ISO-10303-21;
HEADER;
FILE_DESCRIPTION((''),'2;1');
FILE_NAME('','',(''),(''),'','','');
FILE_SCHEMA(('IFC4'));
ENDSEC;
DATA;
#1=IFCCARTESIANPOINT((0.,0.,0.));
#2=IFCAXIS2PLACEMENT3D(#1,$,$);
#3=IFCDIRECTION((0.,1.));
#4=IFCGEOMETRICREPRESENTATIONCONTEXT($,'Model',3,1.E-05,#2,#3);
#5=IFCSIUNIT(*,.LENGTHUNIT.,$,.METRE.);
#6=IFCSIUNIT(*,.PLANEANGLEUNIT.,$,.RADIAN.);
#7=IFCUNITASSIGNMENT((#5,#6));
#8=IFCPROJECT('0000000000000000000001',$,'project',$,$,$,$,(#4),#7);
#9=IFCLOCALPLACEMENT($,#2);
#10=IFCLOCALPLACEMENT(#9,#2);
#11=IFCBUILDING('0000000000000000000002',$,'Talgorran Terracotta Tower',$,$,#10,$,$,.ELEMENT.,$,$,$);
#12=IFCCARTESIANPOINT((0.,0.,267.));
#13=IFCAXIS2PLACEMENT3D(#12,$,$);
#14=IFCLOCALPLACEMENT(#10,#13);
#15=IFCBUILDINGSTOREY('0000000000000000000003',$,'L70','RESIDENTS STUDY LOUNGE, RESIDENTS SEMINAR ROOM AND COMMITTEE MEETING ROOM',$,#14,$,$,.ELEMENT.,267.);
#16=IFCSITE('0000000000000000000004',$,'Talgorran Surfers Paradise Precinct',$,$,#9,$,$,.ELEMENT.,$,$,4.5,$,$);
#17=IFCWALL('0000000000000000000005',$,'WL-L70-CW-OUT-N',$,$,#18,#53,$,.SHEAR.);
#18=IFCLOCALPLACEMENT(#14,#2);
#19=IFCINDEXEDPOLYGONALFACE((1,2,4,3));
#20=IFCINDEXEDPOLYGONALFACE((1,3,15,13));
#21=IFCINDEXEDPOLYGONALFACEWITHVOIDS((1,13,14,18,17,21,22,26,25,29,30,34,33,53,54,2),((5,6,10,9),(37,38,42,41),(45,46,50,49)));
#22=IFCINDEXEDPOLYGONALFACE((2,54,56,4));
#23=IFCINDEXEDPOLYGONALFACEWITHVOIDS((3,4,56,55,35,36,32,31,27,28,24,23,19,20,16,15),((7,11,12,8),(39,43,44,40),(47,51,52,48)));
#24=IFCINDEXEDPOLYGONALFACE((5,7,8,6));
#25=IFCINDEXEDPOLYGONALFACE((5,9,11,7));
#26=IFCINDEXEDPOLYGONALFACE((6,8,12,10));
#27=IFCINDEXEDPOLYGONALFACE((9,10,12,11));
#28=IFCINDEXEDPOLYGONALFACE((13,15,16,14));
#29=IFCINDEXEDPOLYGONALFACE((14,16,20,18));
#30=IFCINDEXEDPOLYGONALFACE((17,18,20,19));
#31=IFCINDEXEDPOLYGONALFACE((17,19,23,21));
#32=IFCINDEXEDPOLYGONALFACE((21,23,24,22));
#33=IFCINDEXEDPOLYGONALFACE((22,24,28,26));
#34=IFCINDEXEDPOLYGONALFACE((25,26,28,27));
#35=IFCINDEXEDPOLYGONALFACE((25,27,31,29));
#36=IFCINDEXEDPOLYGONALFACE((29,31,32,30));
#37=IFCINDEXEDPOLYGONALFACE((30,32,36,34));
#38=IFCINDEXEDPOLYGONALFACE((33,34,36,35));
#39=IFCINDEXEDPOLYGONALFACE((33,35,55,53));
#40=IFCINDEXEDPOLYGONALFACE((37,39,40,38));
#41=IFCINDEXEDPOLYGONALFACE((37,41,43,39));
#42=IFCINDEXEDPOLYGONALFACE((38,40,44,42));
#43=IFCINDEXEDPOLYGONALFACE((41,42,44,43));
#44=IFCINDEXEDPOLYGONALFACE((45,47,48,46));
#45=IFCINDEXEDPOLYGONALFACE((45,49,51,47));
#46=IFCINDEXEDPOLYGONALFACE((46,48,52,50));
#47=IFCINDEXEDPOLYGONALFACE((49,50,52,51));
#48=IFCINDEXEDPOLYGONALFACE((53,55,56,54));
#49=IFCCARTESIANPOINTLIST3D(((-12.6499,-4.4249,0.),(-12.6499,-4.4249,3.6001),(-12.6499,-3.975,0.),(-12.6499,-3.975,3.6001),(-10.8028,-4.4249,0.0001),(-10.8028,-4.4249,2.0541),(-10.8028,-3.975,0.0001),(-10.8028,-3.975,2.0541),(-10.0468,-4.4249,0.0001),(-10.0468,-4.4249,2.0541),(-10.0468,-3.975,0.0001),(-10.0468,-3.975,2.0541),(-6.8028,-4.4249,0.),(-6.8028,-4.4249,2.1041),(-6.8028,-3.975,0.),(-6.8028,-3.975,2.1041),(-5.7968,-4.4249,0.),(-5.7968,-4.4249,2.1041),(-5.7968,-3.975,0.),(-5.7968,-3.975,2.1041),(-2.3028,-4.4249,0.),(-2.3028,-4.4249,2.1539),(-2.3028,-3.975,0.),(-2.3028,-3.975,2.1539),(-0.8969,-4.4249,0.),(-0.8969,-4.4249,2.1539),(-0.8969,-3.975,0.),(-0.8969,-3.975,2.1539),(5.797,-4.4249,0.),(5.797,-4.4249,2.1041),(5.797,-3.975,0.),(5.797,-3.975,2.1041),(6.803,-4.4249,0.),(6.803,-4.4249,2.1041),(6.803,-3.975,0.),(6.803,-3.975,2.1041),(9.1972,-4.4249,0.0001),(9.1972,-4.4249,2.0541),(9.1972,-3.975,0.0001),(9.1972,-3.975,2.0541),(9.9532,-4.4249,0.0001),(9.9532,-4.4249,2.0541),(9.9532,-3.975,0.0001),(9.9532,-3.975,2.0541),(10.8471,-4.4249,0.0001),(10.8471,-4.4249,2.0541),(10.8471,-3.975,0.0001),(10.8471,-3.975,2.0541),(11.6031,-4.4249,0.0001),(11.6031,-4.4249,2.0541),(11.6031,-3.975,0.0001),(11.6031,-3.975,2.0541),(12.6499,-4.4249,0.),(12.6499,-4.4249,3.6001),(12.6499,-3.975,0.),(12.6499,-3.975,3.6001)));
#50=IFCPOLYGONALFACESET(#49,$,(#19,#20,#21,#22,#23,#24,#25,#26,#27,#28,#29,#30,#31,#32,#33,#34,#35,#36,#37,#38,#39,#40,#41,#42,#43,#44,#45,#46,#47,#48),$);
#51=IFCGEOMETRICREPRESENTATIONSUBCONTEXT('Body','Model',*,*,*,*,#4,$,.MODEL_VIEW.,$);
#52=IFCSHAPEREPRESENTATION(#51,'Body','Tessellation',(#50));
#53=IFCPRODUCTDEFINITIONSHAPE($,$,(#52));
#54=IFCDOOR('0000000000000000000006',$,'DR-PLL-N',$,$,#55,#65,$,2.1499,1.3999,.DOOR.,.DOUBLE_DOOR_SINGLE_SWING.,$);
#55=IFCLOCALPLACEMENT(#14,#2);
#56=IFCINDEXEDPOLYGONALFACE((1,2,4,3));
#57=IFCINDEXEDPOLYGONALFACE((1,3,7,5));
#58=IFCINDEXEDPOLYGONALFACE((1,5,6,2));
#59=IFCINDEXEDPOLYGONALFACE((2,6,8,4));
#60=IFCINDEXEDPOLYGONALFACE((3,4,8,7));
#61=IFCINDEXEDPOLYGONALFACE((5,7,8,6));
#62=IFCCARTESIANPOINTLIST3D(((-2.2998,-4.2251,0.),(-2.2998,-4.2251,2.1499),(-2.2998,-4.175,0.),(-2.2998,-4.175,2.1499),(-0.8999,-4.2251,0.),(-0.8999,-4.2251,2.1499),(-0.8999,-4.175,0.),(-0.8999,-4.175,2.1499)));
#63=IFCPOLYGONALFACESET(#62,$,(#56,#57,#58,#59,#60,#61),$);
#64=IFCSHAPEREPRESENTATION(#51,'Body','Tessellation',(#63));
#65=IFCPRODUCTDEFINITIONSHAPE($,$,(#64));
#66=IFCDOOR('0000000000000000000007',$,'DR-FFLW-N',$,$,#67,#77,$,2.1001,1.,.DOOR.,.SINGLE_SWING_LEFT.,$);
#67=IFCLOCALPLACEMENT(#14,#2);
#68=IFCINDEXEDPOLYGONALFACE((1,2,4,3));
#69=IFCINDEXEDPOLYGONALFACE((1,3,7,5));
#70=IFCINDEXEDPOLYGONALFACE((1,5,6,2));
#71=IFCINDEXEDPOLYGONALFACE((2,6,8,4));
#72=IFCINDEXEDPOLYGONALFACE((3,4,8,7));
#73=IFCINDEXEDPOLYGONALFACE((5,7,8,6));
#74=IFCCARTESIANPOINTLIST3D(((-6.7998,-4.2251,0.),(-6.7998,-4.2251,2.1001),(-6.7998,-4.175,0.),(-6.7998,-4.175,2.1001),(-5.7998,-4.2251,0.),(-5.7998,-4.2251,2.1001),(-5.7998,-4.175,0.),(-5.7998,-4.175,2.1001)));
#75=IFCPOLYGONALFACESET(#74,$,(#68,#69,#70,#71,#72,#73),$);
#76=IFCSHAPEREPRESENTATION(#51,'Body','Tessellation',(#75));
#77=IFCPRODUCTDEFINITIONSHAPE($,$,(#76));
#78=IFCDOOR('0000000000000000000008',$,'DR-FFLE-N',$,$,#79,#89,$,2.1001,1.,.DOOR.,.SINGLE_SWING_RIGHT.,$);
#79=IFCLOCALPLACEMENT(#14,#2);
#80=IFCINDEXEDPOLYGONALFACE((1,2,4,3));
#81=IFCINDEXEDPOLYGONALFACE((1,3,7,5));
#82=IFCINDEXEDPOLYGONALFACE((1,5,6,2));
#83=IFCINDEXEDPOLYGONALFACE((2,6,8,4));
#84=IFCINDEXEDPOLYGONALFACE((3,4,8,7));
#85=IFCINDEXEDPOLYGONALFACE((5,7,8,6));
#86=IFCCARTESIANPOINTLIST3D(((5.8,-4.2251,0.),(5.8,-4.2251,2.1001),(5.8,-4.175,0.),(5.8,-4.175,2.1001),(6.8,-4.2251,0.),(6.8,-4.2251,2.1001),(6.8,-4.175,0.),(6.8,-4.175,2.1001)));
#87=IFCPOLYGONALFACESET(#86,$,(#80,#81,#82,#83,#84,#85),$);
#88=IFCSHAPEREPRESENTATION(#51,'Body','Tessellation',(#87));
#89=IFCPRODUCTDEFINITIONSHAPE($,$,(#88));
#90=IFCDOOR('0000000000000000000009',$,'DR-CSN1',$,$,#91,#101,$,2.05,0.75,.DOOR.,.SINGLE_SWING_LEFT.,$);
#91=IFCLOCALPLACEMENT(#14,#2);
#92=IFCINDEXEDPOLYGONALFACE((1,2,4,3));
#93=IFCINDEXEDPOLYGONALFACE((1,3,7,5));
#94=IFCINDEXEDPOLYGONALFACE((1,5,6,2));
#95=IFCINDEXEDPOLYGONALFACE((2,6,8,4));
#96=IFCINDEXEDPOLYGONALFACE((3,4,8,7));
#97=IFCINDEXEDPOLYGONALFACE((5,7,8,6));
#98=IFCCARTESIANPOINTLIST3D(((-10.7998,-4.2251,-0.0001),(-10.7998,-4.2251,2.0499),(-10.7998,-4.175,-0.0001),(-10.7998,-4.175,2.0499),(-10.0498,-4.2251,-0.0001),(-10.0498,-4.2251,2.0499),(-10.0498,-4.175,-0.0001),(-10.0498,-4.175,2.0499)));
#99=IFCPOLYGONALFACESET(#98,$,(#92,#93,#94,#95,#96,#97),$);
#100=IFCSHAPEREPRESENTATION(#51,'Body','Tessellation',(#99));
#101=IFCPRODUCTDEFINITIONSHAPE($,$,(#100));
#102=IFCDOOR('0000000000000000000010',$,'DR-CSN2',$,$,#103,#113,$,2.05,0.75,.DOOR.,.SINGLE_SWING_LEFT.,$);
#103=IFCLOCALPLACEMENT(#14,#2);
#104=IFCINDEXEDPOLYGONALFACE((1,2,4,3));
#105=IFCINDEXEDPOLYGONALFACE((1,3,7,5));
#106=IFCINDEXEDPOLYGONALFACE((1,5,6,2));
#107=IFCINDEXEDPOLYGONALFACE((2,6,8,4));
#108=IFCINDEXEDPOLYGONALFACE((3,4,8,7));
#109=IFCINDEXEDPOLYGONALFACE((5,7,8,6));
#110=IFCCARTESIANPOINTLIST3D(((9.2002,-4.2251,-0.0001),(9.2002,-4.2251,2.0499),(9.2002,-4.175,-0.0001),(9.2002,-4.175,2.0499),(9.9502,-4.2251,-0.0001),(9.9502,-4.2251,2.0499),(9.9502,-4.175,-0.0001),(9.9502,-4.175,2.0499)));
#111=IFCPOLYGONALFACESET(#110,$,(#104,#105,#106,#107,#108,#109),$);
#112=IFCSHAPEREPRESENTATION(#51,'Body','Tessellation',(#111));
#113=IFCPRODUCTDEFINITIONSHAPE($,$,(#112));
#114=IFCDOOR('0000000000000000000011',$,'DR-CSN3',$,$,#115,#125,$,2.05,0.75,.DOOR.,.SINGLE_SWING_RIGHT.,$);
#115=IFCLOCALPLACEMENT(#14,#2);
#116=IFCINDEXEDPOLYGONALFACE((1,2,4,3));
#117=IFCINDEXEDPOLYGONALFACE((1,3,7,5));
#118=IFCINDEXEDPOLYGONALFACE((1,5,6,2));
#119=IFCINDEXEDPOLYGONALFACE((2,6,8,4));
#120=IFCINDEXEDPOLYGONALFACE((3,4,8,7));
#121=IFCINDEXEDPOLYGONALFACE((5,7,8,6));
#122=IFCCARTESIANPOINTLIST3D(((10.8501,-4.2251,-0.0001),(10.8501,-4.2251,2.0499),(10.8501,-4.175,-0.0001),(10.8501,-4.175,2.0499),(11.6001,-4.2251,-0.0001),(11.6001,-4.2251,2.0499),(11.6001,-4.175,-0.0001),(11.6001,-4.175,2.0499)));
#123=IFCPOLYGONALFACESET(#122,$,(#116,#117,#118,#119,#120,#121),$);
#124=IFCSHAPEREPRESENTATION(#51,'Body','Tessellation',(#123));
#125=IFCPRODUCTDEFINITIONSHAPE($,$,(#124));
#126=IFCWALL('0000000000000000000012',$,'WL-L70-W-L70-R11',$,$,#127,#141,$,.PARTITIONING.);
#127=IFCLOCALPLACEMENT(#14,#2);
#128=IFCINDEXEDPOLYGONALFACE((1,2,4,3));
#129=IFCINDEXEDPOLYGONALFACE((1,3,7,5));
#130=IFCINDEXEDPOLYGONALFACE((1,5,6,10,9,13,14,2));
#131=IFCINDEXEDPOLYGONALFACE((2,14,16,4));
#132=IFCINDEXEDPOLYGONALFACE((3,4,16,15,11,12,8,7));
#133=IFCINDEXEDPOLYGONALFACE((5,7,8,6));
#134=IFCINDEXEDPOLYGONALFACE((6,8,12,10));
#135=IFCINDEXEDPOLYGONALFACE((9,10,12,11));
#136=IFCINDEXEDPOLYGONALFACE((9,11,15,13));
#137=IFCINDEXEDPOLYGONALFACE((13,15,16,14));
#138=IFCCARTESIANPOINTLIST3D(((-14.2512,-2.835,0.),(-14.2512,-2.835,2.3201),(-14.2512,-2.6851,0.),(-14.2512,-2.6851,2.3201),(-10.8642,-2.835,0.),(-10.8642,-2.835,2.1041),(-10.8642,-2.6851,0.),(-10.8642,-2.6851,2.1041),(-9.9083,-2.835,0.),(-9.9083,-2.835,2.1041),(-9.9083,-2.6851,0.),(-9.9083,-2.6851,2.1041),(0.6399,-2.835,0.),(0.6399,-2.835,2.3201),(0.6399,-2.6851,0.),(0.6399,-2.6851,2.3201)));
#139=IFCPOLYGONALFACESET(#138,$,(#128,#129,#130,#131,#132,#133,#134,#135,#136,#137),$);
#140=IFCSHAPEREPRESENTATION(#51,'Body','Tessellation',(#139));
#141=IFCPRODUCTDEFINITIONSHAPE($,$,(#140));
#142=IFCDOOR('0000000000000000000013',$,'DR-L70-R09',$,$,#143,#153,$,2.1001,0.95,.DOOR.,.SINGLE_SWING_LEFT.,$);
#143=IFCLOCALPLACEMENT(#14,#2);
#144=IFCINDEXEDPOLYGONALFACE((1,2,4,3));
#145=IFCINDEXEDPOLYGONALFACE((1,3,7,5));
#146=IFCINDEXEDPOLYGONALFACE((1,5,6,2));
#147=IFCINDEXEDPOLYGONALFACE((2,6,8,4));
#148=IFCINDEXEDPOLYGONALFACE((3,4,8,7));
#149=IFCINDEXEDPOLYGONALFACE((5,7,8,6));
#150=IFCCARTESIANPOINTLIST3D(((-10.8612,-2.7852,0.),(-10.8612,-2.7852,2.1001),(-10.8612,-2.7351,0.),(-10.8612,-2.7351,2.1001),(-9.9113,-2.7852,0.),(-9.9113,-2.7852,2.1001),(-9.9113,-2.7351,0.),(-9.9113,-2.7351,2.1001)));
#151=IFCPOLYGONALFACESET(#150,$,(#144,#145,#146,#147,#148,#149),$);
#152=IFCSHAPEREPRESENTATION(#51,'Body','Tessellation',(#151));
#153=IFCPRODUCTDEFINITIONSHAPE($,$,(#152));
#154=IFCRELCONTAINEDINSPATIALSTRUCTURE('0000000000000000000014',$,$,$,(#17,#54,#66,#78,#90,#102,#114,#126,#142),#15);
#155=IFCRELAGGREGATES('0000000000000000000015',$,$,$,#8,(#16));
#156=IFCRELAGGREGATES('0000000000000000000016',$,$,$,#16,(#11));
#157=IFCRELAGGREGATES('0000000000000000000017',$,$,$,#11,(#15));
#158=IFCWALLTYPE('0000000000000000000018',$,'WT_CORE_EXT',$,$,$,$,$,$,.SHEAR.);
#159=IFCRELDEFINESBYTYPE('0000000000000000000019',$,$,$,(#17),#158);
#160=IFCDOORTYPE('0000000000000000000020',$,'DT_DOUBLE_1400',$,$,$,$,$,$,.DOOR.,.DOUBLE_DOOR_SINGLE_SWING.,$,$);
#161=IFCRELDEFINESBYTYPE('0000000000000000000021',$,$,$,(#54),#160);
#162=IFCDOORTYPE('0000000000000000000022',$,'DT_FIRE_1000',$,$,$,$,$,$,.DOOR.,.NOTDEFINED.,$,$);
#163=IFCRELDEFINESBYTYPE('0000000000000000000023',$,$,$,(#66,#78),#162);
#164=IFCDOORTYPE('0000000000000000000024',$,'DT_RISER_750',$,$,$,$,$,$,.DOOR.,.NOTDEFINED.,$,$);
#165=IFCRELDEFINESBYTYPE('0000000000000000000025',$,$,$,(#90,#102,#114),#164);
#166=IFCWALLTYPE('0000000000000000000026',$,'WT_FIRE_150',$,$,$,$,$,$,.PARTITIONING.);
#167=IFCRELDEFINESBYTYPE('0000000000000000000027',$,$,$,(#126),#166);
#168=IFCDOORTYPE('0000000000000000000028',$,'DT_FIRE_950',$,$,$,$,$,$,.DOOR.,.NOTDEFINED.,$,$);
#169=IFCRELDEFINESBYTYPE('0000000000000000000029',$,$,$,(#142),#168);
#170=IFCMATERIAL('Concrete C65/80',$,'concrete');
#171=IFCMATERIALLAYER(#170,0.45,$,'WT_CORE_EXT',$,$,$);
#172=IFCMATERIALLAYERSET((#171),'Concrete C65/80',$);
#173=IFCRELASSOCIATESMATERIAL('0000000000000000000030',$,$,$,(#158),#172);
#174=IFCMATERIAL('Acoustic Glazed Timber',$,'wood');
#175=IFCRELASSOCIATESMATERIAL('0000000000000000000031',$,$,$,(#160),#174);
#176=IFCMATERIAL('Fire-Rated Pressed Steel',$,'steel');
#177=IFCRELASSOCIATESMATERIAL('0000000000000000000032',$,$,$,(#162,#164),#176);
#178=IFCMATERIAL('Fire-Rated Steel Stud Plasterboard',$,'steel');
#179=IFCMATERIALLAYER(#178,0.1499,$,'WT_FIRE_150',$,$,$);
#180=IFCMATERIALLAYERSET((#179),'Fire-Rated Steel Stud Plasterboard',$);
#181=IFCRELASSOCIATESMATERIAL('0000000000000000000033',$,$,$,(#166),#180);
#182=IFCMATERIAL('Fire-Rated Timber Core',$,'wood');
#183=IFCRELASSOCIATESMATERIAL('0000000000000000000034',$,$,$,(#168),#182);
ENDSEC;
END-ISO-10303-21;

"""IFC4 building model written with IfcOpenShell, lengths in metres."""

from ifc_helpers import new_model, si_unit, direction, frame, frame_2d, origin, place, context, subcontext, project, spatial, rectangle, extrude, material, layer, layer_set, type_object, element, fill, save


model = new_model("IFC4")

# Units and contexts
model_context = context("Model", 3, precision=1e-05, world=origin(), true_north=direction((0.0, 1.0)))
body_context = subcontext(model_context, "Body", "Model", "MODEL_VIEW")
ifc_project = project(units=[si_unit("LENGTHUNIT", "METRE"), si_unit("PLANEANGLEUNIT", "RADIAN")], contexts=[model_context])

# Site, building, storey
site_placement = place(None, origin())
site = spatial("IfcSite", under=ifc_project, at=site_placement, Name="Talgorran Surfers Paradise Precinct", CompositionType="ELEMENT", RefElevation=4.5)
building_placement = place(site_placement, origin())
building = spatial("IfcBuilding", under=site, at=building_placement, Name="Talgorran Terracotta Tower", CompositionType="ELEMENT")
storey_placement = place(building_placement, frame((0.0, 0.0, 267.0)))
storey = spatial("IfcBuildingStorey", under=building, at=storey_placement, Name="L70", Description="RESIDENTS STUDY LOUNGE, RESIDENTS SEMINAR ROOM AND COMMITTEE MEETING ROOM", CompositionType="ELEMENT", Elevation=267.0)

# Wall, openings, doors
ifc_material_1 = material(Name="Concrete C65/80", Category="concrete")
ifc_layer_1 = layer(ifc_material_1, 0.45, Name="WT_CORE_EXT")
ifc_layer_set_1 = layer_set([ifc_layer_1], Name="Concrete C65/80")
wall_type_1 = type_object("IfcWallType", Name="WT_CORE_EXT", PredefinedType="SHEAR", material=ifc_layer_set_1)
wall_1_placement = place(storey_placement, frame((-12.6499, -4.2, 0.0), z_axis=(0.0, 0.0, 1.0), x_axis=(1.0, 0.0, 0.0)))
wall_1 = element("IfcWall", 1, at=wall_1_placement, inside=storey, type_object=wall_type_1, Name="WL-L70-CW-OUT-N", PredefinedType="SHEAR", context=body_context, shape_type="SweptSolid", body=[
    extrude(rectangle(XDim=25.2998, YDim=0.45, at=frame_2d((12.6499, 0.0))), origin(), (0.0, 0.0, 1.0), 3.6001),
])
opening_1_placement = place(wall_1_placement, frame((1.8501, 0.0, 0.0)))
opening_1 = element("IfcOpeningElement", 2, at=opening_1_placement, cuts=wall_1, PredefinedType="OPENING", context=body_context, shape_type="SweptSolid", body=[
    extrude(rectangle(XDim=0.756, YDim=2.054, at=frame_2d((0.375, 1.0271))), frame((0.0, 0.2349, 0.0), z_axis=(0.0, -1.0, 0.0), x_axis=(1.0, 0.0, 0.0)), (0.0, 0.0, 1.0), 0.47),
])
opening_2_placement = place(wall_1_placement, frame((21.8501, 0.0, 0.0)))
opening_2 = element("IfcOpeningElement", 3, at=opening_2_placement, cuts=wall_1, PredefinedType="OPENING", context=body_context, shape_type="SweptSolid", body=[
    extrude(rectangle(XDim=0.756, YDim=2.054, at=frame_2d((0.375, 1.0271))), frame((0.0, 0.2349, 0.0), z_axis=(0.0, -1.0, 0.0), x_axis=(1.0, 0.0, 0.0)), (0.0, 0.0, 1.0), 0.47),
])
opening_3_placement = place(wall_1_placement, frame((23.5, 0.0, 0.0)))
opening_3 = element("IfcOpeningElement", 4, at=opening_3_placement, cuts=wall_1, PredefinedType="OPENING", context=body_context, shape_type="SweptSolid", body=[
    extrude(rectangle(XDim=0.756, YDim=2.054, at=frame_2d((0.375, 1.0271))), frame((0.0, 0.2349, 0.0), z_axis=(0.0, -1.0, 0.0), x_axis=(1.0, 0.0, 0.0)), (0.0, 0.0, 1.0), 0.47),
])
opening_4_placement = place(wall_1_placement, frame((5.8501, 0.0, 0.0)))
opening_4 = element("IfcOpeningElement", 5, at=opening_4_placement, cuts=wall_1, PredefinedType="OPENING", context=body_context, shape_type="SweptSolid", body=[
    extrude(rectangle(XDim=1.006, YDim=2.1041, at=frame_2d((0.5, 1.052))), frame((0.0, 0.2349, 0.0), z_axis=(0.0, -1.0, 0.0), x_axis=(1.0, 0.0, 0.0)), (0.0, 0.0, 1.0), 0.47),
])
opening_5_placement = place(wall_1_placement, frame((10.3501, 0.0, 0.0)))
opening_5 = element("IfcOpeningElement", 6, at=opening_5_placement, cuts=wall_1, PredefinedType="OPENING", context=body_context, shape_type="SweptSolid", body=[
    extrude(rectangle(XDim=1.4059, YDim=2.1539, at=frame_2d((0.7, 1.0769))), frame((0.0, 0.2349, 0.0), z_axis=(0.0, -1.0, 0.0), x_axis=(1.0, 0.0, 0.0)), (0.0, 0.0, 1.0), 0.47),
])
opening_6_placement = place(wall_1_placement, frame((18.45, 0.0, 0.0)))
opening_6 = element("IfcOpeningElement", 7, at=opening_6_placement, cuts=wall_1, PredefinedType="OPENING", context=body_context, shape_type="SweptSolid", body=[
    extrude(rectangle(XDim=1.006, YDim=2.1041, at=frame_2d((0.5, 1.052))), frame((0.0, 0.2349, 0.0), z_axis=(0.0, -1.0, 0.0), x_axis=(1.0, 0.0, 0.0)), (0.0, 0.0, 1.0), 0.47),
])
ifc_material_2 = material(Name="Acoustic Glazed Timber", Category="wood")
door_type_1 = type_object("IfcDoorType", Name="DT_DOUBLE_1400", OperationType="DOUBLE_DOOR_SINGLE_SWING", PredefinedType="DOOR", material=ifc_material_2)
door_1_placement = place(opening_5_placement, origin())
door_1 = element("IfcDoor", 8, at=door_1_placement, inside=storey, type_object=door_type_1, Name="DR-PLL-N", OperationType="DOUBLE_DOOR_SINGLE_SWING", OverallHeight=2.1499, OverallWidth=1.3999, PredefinedType="DOOR", context=body_context, shape_type="SweptSolid", body=[
    extrude(rectangle(XDim=1.3999, YDim=2.1499, at=frame_2d((0.7, 1.075))), frame((0.0, 0.0249, 0.0), z_axis=(0.0, -1.0, 0.0), x_axis=(1.0, 0.0, 0.0)), (0.0, 0.0, 1.0), 0.05),
])
fill(opening_5, door_1)
ifc_material_3 = material(Name="Fire-Rated Pressed Steel", Category="steel")
door_type_2 = type_object("IfcDoorType", Name="DT_FIRE_1000", OperationType="NOTDEFINED", PredefinedType="DOOR", material=ifc_material_3)
door_2_placement = place(opening_4_placement, origin())
door_2 = element("IfcDoor", 9, at=door_2_placement, inside=storey, type_object=door_type_2, Name="DR-FFLW-N", OperationType="SINGLE_SWING_LEFT", OverallHeight=2.1001, OverallWidth=1.0, PredefinedType="DOOR", context=body_context, shape_type="SweptSolid", body=[
    extrude(rectangle(XDim=1.0, YDim=2.1001, at=frame_2d((0.5, 1.05))), frame((0.0, 0.0249, 0.0), z_axis=(0.0, -1.0, 0.0), x_axis=(1.0, 0.0, 0.0)), (0.0, 0.0, 1.0), 0.05),
])
fill(opening_4, door_2)
door_3_placement = place(opening_6_placement, origin())
door_3 = element("IfcDoor", 10, at=door_3_placement, inside=storey, type_object=door_type_2, Name="DR-FFLE-N", OperationType="SINGLE_SWING_RIGHT", OverallHeight=2.1001, OverallWidth=1.0, PredefinedType="DOOR", context=body_context, shape_type="SweptSolid", body=[
    extrude(rectangle(XDim=1.0, YDim=2.1001, at=frame_2d((0.5, 1.05))), frame((0.0, 0.0249, 0.0), z_axis=(0.0, -1.0, 0.0), x_axis=(1.0, 0.0, 0.0)), (0.0, 0.0, 1.0), 0.05),
])
fill(opening_6, door_3)
door_type_3 = type_object("IfcDoorType", Name="DT_RISER_750", OperationType="NOTDEFINED", PredefinedType="DOOR", material=ifc_material_3)
door_4_placement = place(opening_1_placement, origin())
door_4 = element("IfcDoor", 11, at=door_4_placement, inside=storey, type_object=door_type_3, Name="DR-CSN1", OperationType="SINGLE_SWING_LEFT", OverallHeight=2.05, OverallWidth=0.75, PredefinedType="DOOR", context=body_context, shape_type="SweptSolid", body=[
    extrude(rectangle(XDim=0.75, YDim=2.05, at=frame_2d((0.375, 1.0249))), frame((0.0, 0.0249, 0.0), z_axis=(0.0, -1.0, 0.0), x_axis=(1.0, 0.0, 0.0)), (0.0, 0.0, 1.0), 0.05),
])
fill(opening_1, door_4)
door_5_placement = place(opening_2_placement, origin())
door_5 = element("IfcDoor", 12, at=door_5_placement, inside=storey, type_object=door_type_3, Name="DR-CSN2", OperationType="SINGLE_SWING_LEFT", OverallHeight=2.05, OverallWidth=0.75, PredefinedType="DOOR", context=body_context, shape_type="SweptSolid", body=[
    extrude(rectangle(XDim=0.75, YDim=2.05, at=frame_2d((0.375, 1.0249))), frame((0.0, 0.0249, 0.0), z_axis=(0.0, -1.0, 0.0), x_axis=(1.0, 0.0, 0.0)), (0.0, 0.0, 1.0), 0.05),
])
fill(opening_2, door_5)
door_6_placement = place(opening_3_placement, origin())
door_6 = element("IfcDoor", 13, at=door_6_placement, inside=storey, type_object=door_type_3, Name="DR-CSN3", OperationType="SINGLE_SWING_RIGHT", OverallHeight=2.05, OverallWidth=0.75, PredefinedType="DOOR", context=body_context, shape_type="SweptSolid", body=[
    extrude(rectangle(XDim=0.75, YDim=2.05, at=frame_2d((0.375, 1.0249))), frame((0.0, 0.0249, 0.0), z_axis=(0.0, -1.0, 0.0), x_axis=(1.0, 0.0, 0.0)), (0.0, 0.0, 1.0), 0.05),
])
fill(opening_3, door_6)

# Wall, opening, door
ifc_material_4 = material(Name="Fire-Rated Steel Stud Plasterboard", Category="steel")
ifc_layer_2 = layer(ifc_material_4, 0.1499, Name="WT_FIRE_150")
ifc_layer_set_2 = layer_set([ifc_layer_2], Name="Fire-Rated Steel Stud Plasterboard")
wall_type_2 = type_object("IfcWallType", Name="WT_FIRE_150", PredefinedType="PARTITIONING", material=ifc_layer_set_2)
wall_2_placement = place(storey_placement, frame((-14.2512, -2.76, 0.0), z_axis=(0.0, 0.0, 1.0), x_axis=(1.0, 0.0, 0.0)))
wall_2 = element("IfcWall", 14, at=wall_2_placement, inside=storey, type_object=wall_type_2, Name="WL-L70-W-L70-R11", PredefinedType="PARTITIONING", context=body_context, shape_type="SweptSolid", body=[
    extrude(rectangle(XDim=14.8911, YDim=0.1499, at=frame_2d((7.4456, 0.0))), origin(), (0.0, 0.0, 1.0), 2.3201),
])
opening_7_placement = place(wall_2_placement, frame((3.3899, 0.0, 0.0)))
opening_7 = element("IfcOpeningElement", 15, at=opening_7_placement, cuts=wall_2, PredefinedType="OPENING", context=body_context, shape_type="SweptSolid", body=[
    extrude(rectangle(XDim=0.956, YDim=2.1041, at=frame_2d((0.4751, 1.052))), frame((0.0, 0.085, 0.0), z_axis=(0.0, -1.0, 0.0), x_axis=(1.0, 0.0, 0.0)), (0.0, 0.0, 1.0), 0.1699),
])
ifc_material_5 = material(Name="Fire-Rated Timber Core", Category="wood")
door_type_4 = type_object("IfcDoorType", Name="DT_FIRE_950", OperationType="NOTDEFINED", PredefinedType="DOOR", material=ifc_material_5)
door_7_placement = place(opening_7_placement, origin())
door_7 = element("IfcDoor", 16, at=door_7_placement, inside=storey, type_object=door_type_4, Name="DR-L70-R09", OperationType="SINGLE_SWING_LEFT", OverallHeight=2.1001, OverallWidth=0.95, PredefinedType="DOOR", context=body_context, shape_type="SweptSolid", body=[
    extrude(rectangle(XDim=0.95, YDim=2.1001, at=frame_2d((0.4751, 1.05))), frame((0.0, 0.0249, 0.0), z_axis=(0.0, -1.0, 0.0), x_axis=(1.0, 0.0, 0.0)), (0.0, 0.0, 1.0), 0.05),
])
fill(opening_7, door_7)

save(model, "model.ifc")
